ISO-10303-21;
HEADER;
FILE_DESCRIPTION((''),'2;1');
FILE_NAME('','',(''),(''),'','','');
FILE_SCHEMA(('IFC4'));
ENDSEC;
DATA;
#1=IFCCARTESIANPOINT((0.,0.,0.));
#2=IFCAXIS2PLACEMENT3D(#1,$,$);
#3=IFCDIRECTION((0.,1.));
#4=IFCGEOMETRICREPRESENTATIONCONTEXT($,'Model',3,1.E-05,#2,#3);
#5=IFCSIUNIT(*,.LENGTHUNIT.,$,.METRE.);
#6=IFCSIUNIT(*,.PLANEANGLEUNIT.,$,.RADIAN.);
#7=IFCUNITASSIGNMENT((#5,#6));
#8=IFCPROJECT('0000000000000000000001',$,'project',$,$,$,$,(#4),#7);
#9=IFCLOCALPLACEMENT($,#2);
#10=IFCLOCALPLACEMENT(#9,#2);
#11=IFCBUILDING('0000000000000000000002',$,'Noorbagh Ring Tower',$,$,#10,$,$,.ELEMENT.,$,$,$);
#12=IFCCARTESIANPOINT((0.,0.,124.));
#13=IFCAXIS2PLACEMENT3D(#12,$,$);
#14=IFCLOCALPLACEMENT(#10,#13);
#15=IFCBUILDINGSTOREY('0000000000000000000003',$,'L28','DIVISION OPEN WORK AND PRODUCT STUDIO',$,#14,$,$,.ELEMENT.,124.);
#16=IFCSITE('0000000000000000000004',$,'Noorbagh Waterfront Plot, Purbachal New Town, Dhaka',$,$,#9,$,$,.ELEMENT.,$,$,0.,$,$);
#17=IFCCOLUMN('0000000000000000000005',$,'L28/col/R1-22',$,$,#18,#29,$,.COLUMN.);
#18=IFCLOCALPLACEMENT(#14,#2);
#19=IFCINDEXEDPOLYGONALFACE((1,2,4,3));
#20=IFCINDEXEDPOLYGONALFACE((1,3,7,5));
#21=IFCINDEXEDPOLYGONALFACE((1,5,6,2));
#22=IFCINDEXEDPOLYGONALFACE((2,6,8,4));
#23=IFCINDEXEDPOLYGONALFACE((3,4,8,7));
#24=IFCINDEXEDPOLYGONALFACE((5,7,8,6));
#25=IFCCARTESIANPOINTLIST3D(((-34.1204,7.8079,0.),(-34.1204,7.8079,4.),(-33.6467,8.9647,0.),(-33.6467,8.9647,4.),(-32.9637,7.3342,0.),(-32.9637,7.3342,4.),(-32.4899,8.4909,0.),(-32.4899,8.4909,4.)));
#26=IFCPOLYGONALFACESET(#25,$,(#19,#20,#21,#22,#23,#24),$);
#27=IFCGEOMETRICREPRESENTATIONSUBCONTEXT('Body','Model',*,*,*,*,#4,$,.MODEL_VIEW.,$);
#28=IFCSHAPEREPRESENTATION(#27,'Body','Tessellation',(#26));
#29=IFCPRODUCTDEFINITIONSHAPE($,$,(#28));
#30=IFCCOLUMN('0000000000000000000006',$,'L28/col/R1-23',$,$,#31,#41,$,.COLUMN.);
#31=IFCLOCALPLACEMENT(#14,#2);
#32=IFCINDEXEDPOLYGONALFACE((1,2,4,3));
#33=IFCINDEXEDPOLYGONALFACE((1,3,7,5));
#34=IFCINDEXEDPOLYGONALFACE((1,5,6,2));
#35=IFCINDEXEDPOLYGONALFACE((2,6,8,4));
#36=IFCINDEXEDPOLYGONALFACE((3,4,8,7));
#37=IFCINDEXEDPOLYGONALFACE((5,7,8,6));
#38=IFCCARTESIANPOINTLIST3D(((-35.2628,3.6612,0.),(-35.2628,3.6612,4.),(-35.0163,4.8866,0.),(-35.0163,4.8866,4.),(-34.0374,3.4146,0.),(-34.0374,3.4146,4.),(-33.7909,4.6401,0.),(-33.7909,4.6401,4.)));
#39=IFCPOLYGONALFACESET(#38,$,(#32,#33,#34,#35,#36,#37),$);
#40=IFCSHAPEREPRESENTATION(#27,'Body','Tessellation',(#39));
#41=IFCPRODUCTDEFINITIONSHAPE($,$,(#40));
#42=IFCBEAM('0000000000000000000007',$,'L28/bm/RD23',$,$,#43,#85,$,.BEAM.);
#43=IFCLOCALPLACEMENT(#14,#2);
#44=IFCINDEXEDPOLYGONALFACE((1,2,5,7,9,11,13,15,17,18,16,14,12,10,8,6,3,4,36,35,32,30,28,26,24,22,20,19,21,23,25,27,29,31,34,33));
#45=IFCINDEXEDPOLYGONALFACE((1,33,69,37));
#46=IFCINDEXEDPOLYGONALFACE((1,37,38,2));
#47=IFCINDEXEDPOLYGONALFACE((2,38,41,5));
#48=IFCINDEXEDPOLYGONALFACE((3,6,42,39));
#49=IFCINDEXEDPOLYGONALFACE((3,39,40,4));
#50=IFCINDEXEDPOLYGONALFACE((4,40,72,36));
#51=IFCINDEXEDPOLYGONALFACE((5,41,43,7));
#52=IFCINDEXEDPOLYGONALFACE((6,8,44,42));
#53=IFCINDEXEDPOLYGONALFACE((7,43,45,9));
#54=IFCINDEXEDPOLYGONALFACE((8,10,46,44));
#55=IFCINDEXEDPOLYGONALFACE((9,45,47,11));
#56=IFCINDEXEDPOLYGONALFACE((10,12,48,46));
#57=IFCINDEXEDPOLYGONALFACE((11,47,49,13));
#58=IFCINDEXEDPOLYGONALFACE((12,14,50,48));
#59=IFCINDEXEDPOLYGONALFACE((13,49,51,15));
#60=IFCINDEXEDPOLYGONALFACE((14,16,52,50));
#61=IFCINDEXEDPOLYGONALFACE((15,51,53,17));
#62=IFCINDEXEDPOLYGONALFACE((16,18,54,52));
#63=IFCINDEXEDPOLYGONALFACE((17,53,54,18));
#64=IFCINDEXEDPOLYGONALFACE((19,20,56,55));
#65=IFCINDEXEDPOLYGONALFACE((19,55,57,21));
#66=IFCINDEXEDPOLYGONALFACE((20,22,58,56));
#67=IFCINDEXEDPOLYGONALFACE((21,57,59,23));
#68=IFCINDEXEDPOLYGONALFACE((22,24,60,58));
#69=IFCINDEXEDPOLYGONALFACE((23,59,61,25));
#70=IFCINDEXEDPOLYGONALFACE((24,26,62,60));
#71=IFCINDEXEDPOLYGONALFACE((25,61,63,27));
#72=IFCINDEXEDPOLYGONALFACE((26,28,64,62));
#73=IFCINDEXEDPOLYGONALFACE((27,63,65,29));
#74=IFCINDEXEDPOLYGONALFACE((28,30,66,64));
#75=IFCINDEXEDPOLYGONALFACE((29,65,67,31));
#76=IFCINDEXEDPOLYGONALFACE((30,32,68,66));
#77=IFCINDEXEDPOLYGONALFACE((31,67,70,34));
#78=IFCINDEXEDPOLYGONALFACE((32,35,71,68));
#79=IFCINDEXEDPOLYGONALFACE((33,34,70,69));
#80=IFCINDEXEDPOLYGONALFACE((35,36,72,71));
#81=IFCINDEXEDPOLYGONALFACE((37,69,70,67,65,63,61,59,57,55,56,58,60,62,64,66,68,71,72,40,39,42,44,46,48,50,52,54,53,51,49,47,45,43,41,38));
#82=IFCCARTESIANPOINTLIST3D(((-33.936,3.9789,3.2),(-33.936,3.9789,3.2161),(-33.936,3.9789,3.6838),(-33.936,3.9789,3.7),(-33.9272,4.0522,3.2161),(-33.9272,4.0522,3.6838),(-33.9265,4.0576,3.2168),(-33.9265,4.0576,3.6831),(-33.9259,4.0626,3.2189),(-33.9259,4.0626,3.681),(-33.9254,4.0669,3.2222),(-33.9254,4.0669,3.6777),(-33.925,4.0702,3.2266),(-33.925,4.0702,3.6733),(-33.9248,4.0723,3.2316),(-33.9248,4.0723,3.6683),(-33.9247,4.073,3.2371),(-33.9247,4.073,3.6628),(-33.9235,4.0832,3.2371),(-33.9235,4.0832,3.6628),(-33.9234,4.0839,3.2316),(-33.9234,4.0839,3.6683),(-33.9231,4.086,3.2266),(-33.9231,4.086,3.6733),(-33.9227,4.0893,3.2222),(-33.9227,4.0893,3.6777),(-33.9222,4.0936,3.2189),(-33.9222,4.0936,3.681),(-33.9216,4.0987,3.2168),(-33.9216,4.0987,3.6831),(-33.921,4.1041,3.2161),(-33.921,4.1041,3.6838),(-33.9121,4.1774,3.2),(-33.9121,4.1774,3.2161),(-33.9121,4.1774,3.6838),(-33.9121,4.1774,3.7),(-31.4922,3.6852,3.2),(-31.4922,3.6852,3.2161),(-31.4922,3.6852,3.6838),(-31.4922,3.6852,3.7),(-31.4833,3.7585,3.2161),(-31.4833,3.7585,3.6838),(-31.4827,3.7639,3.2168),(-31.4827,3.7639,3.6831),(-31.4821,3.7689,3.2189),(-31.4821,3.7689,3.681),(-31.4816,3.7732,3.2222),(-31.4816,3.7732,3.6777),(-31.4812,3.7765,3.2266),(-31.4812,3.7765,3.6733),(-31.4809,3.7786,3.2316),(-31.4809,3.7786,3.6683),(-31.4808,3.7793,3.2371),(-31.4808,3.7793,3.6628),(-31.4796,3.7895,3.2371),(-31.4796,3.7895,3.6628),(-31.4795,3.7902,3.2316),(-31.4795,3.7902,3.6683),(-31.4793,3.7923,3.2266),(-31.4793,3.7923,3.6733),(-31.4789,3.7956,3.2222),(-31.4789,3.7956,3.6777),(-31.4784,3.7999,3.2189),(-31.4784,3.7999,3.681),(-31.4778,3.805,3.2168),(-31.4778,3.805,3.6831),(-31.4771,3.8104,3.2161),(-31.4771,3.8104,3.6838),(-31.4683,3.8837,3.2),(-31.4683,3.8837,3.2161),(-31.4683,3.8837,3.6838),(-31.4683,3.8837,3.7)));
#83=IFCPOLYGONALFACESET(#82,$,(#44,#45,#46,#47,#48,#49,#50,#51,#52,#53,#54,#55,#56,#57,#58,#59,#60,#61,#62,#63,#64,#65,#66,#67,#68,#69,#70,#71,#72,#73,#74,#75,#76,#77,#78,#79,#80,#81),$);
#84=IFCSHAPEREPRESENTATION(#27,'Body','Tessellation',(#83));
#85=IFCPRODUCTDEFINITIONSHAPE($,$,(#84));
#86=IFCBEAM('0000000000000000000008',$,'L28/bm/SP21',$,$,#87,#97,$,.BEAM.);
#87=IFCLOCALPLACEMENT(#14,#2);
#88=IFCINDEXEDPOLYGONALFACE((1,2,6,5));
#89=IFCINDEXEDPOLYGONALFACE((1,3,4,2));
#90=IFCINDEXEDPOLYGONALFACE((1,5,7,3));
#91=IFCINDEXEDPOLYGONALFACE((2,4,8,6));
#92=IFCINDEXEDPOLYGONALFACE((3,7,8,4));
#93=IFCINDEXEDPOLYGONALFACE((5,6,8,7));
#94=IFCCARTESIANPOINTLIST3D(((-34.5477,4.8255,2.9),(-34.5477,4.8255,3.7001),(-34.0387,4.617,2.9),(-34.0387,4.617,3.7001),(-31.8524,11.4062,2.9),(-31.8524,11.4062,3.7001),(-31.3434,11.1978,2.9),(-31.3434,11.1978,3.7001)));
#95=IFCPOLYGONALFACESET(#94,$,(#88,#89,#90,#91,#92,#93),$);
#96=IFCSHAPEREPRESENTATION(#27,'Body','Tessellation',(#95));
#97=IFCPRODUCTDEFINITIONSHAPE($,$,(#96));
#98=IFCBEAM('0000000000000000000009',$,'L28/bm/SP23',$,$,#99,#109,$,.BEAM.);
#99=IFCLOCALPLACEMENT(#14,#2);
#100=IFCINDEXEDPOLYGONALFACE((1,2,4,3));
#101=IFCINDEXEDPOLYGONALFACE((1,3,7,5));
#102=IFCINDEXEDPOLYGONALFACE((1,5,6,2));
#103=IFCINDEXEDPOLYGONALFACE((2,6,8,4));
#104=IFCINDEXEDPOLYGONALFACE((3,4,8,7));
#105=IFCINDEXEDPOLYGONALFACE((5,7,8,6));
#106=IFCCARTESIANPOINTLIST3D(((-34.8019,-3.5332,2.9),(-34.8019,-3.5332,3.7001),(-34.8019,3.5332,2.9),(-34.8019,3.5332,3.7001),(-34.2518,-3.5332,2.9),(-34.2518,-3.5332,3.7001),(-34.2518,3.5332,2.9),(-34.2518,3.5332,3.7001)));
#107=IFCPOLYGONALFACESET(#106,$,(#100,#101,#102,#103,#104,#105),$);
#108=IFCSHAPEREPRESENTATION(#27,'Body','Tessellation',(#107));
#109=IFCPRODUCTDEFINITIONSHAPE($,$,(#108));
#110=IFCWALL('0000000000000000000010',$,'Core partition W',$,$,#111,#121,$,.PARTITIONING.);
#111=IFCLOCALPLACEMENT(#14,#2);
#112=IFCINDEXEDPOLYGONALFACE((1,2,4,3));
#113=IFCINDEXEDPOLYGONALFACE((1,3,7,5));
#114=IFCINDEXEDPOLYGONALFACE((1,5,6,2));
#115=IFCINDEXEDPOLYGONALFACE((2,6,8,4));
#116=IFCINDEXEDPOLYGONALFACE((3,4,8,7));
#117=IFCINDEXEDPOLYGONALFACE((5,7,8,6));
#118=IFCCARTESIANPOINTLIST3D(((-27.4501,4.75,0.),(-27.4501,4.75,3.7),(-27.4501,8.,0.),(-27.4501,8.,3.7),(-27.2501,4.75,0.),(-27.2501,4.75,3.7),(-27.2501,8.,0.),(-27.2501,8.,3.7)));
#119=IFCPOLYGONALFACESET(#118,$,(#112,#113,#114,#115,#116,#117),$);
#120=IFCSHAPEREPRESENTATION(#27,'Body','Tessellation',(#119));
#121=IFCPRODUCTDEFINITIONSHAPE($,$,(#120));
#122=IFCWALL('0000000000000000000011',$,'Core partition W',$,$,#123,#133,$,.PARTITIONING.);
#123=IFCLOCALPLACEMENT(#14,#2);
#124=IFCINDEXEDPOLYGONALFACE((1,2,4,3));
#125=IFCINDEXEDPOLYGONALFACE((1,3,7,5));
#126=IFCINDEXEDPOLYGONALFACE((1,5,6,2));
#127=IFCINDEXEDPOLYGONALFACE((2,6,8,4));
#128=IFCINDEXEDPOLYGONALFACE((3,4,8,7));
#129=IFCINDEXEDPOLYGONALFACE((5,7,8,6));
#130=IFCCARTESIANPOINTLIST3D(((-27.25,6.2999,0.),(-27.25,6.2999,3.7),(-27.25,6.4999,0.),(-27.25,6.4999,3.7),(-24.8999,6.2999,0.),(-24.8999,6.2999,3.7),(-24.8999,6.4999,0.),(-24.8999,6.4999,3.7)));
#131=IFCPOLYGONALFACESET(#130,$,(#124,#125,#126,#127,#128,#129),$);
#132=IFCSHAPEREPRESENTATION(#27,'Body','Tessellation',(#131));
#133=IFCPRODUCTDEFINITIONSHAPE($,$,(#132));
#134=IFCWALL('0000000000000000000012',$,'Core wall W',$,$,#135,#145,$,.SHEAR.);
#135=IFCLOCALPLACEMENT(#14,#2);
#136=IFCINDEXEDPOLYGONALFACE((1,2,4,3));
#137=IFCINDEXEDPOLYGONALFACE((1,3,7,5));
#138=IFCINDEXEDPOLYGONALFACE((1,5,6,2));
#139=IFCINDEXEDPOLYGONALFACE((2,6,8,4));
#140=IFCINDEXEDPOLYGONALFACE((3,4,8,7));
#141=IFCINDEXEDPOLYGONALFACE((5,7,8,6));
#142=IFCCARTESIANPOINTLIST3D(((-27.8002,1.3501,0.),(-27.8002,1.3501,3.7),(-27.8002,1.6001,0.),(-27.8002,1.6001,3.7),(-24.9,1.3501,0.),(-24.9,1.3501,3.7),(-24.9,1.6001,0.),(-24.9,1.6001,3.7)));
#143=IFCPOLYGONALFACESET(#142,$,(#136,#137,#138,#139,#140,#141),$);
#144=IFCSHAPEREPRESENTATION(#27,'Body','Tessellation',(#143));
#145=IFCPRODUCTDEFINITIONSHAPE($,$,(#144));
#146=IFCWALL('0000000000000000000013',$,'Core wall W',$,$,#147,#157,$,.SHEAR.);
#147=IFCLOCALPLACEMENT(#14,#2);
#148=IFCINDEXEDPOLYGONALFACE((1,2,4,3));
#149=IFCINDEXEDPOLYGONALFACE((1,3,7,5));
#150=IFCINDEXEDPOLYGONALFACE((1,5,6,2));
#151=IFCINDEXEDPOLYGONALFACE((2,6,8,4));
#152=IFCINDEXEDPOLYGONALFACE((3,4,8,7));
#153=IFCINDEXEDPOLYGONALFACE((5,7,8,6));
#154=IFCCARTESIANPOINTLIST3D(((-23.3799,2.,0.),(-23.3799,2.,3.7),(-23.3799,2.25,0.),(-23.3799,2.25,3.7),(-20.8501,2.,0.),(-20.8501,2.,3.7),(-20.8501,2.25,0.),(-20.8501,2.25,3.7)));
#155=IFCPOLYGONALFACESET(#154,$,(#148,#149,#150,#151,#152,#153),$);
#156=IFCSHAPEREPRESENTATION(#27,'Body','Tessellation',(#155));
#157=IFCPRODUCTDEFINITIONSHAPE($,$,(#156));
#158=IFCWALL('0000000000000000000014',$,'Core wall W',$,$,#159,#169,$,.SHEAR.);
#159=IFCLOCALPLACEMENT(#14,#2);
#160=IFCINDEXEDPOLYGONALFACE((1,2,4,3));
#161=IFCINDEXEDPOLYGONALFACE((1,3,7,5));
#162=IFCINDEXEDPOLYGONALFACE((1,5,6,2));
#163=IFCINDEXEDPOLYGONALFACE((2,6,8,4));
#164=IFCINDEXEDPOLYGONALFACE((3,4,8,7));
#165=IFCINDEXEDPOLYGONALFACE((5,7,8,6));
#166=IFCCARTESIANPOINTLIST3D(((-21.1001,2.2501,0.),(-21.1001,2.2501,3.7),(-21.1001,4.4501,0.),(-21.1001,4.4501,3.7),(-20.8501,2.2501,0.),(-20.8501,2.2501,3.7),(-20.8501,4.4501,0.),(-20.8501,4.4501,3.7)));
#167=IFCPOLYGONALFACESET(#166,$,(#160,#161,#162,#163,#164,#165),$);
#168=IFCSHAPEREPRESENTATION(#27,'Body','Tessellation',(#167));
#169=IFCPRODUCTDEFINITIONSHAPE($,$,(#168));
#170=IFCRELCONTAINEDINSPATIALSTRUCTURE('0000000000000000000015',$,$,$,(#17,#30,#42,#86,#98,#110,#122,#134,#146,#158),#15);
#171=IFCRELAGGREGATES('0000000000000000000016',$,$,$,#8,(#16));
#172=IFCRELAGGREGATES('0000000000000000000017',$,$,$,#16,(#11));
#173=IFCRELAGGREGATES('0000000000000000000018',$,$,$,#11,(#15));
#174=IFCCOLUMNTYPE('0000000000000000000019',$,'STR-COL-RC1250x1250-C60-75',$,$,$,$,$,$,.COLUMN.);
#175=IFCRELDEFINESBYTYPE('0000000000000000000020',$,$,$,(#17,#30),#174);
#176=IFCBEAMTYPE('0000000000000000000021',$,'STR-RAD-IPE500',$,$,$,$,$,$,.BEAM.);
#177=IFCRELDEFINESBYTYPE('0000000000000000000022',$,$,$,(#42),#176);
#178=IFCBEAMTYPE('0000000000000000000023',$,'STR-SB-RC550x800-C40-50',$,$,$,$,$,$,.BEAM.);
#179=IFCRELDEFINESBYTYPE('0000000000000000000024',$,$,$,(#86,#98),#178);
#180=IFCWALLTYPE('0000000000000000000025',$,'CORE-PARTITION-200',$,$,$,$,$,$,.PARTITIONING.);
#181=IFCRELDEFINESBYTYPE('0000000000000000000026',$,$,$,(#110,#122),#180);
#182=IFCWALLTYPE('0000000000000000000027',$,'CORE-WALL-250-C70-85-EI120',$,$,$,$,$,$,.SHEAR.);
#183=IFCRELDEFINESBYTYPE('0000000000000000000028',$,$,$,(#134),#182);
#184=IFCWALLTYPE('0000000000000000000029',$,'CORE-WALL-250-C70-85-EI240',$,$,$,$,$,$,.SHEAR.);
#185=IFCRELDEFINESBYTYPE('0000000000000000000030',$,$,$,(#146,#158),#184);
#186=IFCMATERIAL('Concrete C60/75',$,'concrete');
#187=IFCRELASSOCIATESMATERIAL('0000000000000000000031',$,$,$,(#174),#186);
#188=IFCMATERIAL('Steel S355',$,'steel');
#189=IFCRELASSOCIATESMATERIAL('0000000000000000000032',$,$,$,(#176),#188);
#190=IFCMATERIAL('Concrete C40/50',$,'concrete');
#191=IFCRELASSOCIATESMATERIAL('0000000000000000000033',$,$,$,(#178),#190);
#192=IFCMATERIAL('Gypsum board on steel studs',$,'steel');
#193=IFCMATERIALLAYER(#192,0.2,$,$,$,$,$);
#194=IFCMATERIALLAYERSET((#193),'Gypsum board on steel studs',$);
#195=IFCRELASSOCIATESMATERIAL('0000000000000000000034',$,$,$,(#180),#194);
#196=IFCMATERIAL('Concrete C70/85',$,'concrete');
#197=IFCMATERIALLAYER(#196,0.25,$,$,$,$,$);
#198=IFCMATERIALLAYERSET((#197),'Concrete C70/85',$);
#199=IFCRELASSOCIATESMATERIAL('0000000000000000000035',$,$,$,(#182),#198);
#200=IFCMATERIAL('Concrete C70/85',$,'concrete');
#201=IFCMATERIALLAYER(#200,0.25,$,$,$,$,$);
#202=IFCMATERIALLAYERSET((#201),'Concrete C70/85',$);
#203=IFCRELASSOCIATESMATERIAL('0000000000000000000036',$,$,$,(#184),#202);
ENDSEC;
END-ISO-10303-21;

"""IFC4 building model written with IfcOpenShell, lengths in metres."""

from ifc_helpers import new_model, si_unit, direction, frame, frame_2d, origin, origin_2d, place, context, subcontext, project, spatial, rectangle, i_section, extrude, material, layer, layer_set, material_profile, profile_set, type_object, element, save


model = new_model("IFC4")

# Units and contexts
model_context = context("Model", 3, precision=1e-05, world=origin(), true_north=direction((0.0, 1.0)))
body_context = subcontext(model_context, "Body", "Model", "MODEL_VIEW")
ifc_project = project(units=[si_unit("LENGTHUNIT", "METRE"), si_unit("PLANEANGLEUNIT", "RADIAN")], contexts=[model_context])

# Site, building, storey
site_placement = place(None, origin())
site = spatial("IfcSite", under=ifc_project, at=site_placement, Name="Noorbagh Waterfront Plot, Purbachal New Town, Dhaka", CompositionType="ELEMENT", RefElevation=0.0)
building_placement = place(site_placement, origin())
building = spatial("IfcBuilding", under=site, at=building_placement, Name="Noorbagh Ring Tower", CompositionType="ELEMENT")
storey_placement = place(building_placement, frame((0.0, 0.0, 124.0)))
storey = spatial("IfcBuildingStorey", under=building, at=storey_placement, Name="L28", Description="DIVISION OPEN WORK AND PRODUCT STUDIO", CompositionType="ELEMENT", Elevation=124.0)

# Columns
ifc_material_1 = material(Name="Concrete C60/75", Category="concrete")
ifc_material_profile_1 = material_profile(ifc_material_1, rectangle(XDim=1.25, YDim=1.25, at=origin_2d()), Name="RC1250x1250")
ifc_profile_set_1 = profile_set([ifc_material_profile_1], Name="Concrete C60/75")
column_type = type_object("IfcColumnType", Name="STR-COL-RC1250x1250-C60-75", PredefinedType="COLUMN", material=ifc_profile_set_1)
for number, where, z_axis, x_axis, name in (
    (1, (-33.3052, 8.1494, 0.0), (0.0, 0.0, 1.0), (-0.378989, -0.925401, 0.0), "L28/col/R1-22"),
    (2, (-34.5269, 4.1506, 0.0), (0.0, 0.0, 1.0), (-0.19723, -0.980357, 0.0), "L28/col/R1-23"),
):
    element("IfcColumn", number, at=place(storey_placement, frame(where, z_axis=z_axis, x_axis=x_axis)), inside=storey, type_object=column_type, Name=name, PredefinedType="COLUMN", context=body_context, shape_type="SweptSolid", body=[
        extrude(rectangle(XDim=1.25, YDim=1.25, at=origin_2d()), origin(), (0.0, 0.0, 1.0), 4.0),
    ])

# Beams
ifc_material_2 = material(Name="Steel S355", Category="steel")
ifc_material_profile_2 = material_profile(ifc_material_2, i_section(OverallWidth=0.2, OverallDepth=0.5, WebThickness=0.0103, FlangeThickness=0.0161, FilletRadius=0.021, at=origin_2d()), Name="IPE500")
ifc_profile_set_2 = profile_set([ifc_material_profile_2], Name="Steel S355")
beam_type_1 = type_object("IfcBeamType", Name="STR-RAD-IPE500", PredefinedType="BEAM", material=ifc_profile_set_2)
beam_1_placement = place(storey_placement, frame((-33.9241, 4.0781, 3.45), z_axis=(0.992856, -0.119321, 0.0), x_axis=(0.119321, 0.992856, 0.0)))
element("IfcBeam", 3, at=beam_1_placement, inside=storey, type_object=beam_type_1, Name="L28/bm/RD23", PredefinedType="BEAM", context=body_context, shape_type="SweptSolid", body=[
    extrude(i_section(OverallWidth=0.2, OverallDepth=0.5, WebThickness=0.0103, FlangeThickness=0.0161, FilletRadius=0.021, at=origin_2d()), origin(), (0.0, 0.0, 1.0), 2.4614),
])
ifc_material_3 = material(Name="Concrete C40/50", Category="concrete")
ifc_material_profile_3 = material_profile(ifc_material_3, rectangle(XDim=0.55, YDim=0.8, at=origin_2d()), Name="RC550x800")
ifc_profile_set_3 = profile_set([ifc_material_profile_3], Name="Concrete C40/50")
beam_type_2 = type_object("IfcBeamType", Name="STR-SB-RC550x800-C40-50", PredefinedType="BEAM", material=ifc_profile_set_3)
beam_2_placement = place(storey_placement, frame((-31.5979, 11.302, 3.3), z_axis=(-0.379014, -0.925391, 0.0), x_axis=(0.925391, -0.379014, 0.0)))
element("IfcBeam", 4, at=beam_2_placement, inside=storey, type_object=beam_type_2, Name="L28/bm/SP21", PredefinedType="BEAM", context=body_context, shape_type="SweptSolid", body=[
    extrude(rectangle(XDim=0.55, YDim=0.8, at=origin_2d()), origin(), (0.0, 0.0, 1.0), 7.1113),
])
beam_3_placement = place(storey_placement, frame((-34.5269, 3.5332, 3.3), z_axis=(0.0, -1.0, 0.0), x_axis=(1.0, 0.0, 0.0)))
element("IfcBeam", 5, at=beam_3_placement, inside=storey, type_object=beam_type_2, Name="L28/bm/SP23", PredefinedType="BEAM", context=body_context, shape_type="SweptSolid", body=[
    extrude(rectangle(XDim=0.55, YDim=0.8, at=origin_2d()), origin(), (0.0, 0.0, 1.0), 7.0664),
])

# Walls
ifc_material_4 = material(Name="Gypsum board on steel studs", Category="steel")
ifc_layer_1 = layer(ifc_material_4, 0.2)
ifc_layer_set_1 = layer_set([ifc_layer_1], Name="Gypsum board on steel studs")
wall_type_1 = type_object("IfcWallType", Name="CORE-PARTITION-200", PredefinedType="PARTITIONING", material=ifc_layer_set_1)
wall_1_placement = place(storey_placement, frame((-27.3501, 4.75, 0.0), z_axis=(0.0, 0.0, 1.0), x_axis=(0.0, 1.0, 0.0)))
element("IfcWall", 6, at=wall_1_placement, inside=storey, type_object=wall_type_1, Name="Core partition W", PredefinedType="PARTITIONING", context=body_context, shape_type="SweptSolid", body=[
    extrude(rectangle(XDim=3.25, YDim=0.2, at=frame_2d((1.625, 0.0))), origin(), (0.0, 0.0, 1.0), 3.7),
])
wall_2_placement = place(storey_placement, frame((-24.8999, 6.3999, 0.0), z_axis=(0.0, 0.0, 1.0), x_axis=(-1.0, 0.0, 0.0)))
element("IfcWall", 7, at=wall_2_placement, inside=storey, type_object=wall_type_1, Name="Core partition W", PredefinedType="PARTITIONING", context=body_context, shape_type="SweptSolid", body=[
    extrude(rectangle(XDim=2.3501, YDim=0.2, at=frame_2d((1.175, 0.0))), origin(), (0.0, 0.0, 1.0), 3.7),
])
ifc_material_5 = material(Name="Concrete C70/85", Category="concrete")
ifc_layer_2 = layer(ifc_material_5, 0.25)
ifc_layer_set_2 = layer_set([ifc_layer_2], Name="Concrete C70/85")
wall_type_2 = type_object("IfcWallType", Name="CORE-WALL-250-C70-85-EI120", PredefinedType="SHEAR", material=ifc_layer_set_2)
wall_3_placement = place(storey_placement, frame((-24.8999, 1.4751, 0.0), z_axis=(0.0, 0.0, 1.0), x_axis=(-1.0, 0.0, 0.0)))
element("IfcWall", 8, at=wall_3_placement, inside=storey, type_object=wall_type_2, Name="Core wall W", PredefinedType="SHEAR", context=body_context, shape_type="SweptSolid", body=[
    extrude(rectangle(XDim=2.9001, YDim=0.25, at=frame_2d((1.4502, 0.0))), origin(), (0.0, 0.0, 1.0), 3.7),
])
ifc_material_6 = material(Name="Concrete C70/85", Category="concrete")
ifc_layer_3 = layer(ifc_material_6, 0.25)
ifc_layer_set_3 = layer_set([ifc_layer_3], Name="Concrete C70/85")
wall_type_3 = type_object("IfcWallType", Name="CORE-WALL-250-C70-85-EI240", PredefinedType="SHEAR", material=ifc_layer_set_3)
wall_4_placement = place(storey_placement, frame((-20.8501, 2.125, 0.0), z_axis=(0.0, 0.0, 1.0), x_axis=(-1.0, 0.0, 0.0)))
element("IfcWall", 9, at=wall_4_placement, inside=storey, type_object=wall_type_3, Name="Core wall W", PredefinedType="SHEAR", context=body_context, shape_type="SweptSolid", body=[
    extrude(rectangle(XDim=2.5298, YDim=0.25, at=frame_2d((1.2649, 0.0))), origin(), (0.0, 0.0, 1.0), 3.7),
])
wall_5_placement = place(storey_placement, frame((-20.9751, 2.25, 0.0), z_axis=(0.0, 0.0, 1.0), x_axis=(0.0, 1.0, 0.0)))
element("IfcWall", 10, at=wall_5_placement, inside=storey, type_object=wall_type_3, Name="Core wall W", PredefinedType="SHEAR", context=body_context, shape_type="SweptSolid", body=[
    extrude(rectangle(XDim=2.2, YDim=0.25, at=frame_2d((1.1001, 0.0))), origin(), (0.0, 0.0, 1.0), 3.7),
])

save(model, "model.ifc")
